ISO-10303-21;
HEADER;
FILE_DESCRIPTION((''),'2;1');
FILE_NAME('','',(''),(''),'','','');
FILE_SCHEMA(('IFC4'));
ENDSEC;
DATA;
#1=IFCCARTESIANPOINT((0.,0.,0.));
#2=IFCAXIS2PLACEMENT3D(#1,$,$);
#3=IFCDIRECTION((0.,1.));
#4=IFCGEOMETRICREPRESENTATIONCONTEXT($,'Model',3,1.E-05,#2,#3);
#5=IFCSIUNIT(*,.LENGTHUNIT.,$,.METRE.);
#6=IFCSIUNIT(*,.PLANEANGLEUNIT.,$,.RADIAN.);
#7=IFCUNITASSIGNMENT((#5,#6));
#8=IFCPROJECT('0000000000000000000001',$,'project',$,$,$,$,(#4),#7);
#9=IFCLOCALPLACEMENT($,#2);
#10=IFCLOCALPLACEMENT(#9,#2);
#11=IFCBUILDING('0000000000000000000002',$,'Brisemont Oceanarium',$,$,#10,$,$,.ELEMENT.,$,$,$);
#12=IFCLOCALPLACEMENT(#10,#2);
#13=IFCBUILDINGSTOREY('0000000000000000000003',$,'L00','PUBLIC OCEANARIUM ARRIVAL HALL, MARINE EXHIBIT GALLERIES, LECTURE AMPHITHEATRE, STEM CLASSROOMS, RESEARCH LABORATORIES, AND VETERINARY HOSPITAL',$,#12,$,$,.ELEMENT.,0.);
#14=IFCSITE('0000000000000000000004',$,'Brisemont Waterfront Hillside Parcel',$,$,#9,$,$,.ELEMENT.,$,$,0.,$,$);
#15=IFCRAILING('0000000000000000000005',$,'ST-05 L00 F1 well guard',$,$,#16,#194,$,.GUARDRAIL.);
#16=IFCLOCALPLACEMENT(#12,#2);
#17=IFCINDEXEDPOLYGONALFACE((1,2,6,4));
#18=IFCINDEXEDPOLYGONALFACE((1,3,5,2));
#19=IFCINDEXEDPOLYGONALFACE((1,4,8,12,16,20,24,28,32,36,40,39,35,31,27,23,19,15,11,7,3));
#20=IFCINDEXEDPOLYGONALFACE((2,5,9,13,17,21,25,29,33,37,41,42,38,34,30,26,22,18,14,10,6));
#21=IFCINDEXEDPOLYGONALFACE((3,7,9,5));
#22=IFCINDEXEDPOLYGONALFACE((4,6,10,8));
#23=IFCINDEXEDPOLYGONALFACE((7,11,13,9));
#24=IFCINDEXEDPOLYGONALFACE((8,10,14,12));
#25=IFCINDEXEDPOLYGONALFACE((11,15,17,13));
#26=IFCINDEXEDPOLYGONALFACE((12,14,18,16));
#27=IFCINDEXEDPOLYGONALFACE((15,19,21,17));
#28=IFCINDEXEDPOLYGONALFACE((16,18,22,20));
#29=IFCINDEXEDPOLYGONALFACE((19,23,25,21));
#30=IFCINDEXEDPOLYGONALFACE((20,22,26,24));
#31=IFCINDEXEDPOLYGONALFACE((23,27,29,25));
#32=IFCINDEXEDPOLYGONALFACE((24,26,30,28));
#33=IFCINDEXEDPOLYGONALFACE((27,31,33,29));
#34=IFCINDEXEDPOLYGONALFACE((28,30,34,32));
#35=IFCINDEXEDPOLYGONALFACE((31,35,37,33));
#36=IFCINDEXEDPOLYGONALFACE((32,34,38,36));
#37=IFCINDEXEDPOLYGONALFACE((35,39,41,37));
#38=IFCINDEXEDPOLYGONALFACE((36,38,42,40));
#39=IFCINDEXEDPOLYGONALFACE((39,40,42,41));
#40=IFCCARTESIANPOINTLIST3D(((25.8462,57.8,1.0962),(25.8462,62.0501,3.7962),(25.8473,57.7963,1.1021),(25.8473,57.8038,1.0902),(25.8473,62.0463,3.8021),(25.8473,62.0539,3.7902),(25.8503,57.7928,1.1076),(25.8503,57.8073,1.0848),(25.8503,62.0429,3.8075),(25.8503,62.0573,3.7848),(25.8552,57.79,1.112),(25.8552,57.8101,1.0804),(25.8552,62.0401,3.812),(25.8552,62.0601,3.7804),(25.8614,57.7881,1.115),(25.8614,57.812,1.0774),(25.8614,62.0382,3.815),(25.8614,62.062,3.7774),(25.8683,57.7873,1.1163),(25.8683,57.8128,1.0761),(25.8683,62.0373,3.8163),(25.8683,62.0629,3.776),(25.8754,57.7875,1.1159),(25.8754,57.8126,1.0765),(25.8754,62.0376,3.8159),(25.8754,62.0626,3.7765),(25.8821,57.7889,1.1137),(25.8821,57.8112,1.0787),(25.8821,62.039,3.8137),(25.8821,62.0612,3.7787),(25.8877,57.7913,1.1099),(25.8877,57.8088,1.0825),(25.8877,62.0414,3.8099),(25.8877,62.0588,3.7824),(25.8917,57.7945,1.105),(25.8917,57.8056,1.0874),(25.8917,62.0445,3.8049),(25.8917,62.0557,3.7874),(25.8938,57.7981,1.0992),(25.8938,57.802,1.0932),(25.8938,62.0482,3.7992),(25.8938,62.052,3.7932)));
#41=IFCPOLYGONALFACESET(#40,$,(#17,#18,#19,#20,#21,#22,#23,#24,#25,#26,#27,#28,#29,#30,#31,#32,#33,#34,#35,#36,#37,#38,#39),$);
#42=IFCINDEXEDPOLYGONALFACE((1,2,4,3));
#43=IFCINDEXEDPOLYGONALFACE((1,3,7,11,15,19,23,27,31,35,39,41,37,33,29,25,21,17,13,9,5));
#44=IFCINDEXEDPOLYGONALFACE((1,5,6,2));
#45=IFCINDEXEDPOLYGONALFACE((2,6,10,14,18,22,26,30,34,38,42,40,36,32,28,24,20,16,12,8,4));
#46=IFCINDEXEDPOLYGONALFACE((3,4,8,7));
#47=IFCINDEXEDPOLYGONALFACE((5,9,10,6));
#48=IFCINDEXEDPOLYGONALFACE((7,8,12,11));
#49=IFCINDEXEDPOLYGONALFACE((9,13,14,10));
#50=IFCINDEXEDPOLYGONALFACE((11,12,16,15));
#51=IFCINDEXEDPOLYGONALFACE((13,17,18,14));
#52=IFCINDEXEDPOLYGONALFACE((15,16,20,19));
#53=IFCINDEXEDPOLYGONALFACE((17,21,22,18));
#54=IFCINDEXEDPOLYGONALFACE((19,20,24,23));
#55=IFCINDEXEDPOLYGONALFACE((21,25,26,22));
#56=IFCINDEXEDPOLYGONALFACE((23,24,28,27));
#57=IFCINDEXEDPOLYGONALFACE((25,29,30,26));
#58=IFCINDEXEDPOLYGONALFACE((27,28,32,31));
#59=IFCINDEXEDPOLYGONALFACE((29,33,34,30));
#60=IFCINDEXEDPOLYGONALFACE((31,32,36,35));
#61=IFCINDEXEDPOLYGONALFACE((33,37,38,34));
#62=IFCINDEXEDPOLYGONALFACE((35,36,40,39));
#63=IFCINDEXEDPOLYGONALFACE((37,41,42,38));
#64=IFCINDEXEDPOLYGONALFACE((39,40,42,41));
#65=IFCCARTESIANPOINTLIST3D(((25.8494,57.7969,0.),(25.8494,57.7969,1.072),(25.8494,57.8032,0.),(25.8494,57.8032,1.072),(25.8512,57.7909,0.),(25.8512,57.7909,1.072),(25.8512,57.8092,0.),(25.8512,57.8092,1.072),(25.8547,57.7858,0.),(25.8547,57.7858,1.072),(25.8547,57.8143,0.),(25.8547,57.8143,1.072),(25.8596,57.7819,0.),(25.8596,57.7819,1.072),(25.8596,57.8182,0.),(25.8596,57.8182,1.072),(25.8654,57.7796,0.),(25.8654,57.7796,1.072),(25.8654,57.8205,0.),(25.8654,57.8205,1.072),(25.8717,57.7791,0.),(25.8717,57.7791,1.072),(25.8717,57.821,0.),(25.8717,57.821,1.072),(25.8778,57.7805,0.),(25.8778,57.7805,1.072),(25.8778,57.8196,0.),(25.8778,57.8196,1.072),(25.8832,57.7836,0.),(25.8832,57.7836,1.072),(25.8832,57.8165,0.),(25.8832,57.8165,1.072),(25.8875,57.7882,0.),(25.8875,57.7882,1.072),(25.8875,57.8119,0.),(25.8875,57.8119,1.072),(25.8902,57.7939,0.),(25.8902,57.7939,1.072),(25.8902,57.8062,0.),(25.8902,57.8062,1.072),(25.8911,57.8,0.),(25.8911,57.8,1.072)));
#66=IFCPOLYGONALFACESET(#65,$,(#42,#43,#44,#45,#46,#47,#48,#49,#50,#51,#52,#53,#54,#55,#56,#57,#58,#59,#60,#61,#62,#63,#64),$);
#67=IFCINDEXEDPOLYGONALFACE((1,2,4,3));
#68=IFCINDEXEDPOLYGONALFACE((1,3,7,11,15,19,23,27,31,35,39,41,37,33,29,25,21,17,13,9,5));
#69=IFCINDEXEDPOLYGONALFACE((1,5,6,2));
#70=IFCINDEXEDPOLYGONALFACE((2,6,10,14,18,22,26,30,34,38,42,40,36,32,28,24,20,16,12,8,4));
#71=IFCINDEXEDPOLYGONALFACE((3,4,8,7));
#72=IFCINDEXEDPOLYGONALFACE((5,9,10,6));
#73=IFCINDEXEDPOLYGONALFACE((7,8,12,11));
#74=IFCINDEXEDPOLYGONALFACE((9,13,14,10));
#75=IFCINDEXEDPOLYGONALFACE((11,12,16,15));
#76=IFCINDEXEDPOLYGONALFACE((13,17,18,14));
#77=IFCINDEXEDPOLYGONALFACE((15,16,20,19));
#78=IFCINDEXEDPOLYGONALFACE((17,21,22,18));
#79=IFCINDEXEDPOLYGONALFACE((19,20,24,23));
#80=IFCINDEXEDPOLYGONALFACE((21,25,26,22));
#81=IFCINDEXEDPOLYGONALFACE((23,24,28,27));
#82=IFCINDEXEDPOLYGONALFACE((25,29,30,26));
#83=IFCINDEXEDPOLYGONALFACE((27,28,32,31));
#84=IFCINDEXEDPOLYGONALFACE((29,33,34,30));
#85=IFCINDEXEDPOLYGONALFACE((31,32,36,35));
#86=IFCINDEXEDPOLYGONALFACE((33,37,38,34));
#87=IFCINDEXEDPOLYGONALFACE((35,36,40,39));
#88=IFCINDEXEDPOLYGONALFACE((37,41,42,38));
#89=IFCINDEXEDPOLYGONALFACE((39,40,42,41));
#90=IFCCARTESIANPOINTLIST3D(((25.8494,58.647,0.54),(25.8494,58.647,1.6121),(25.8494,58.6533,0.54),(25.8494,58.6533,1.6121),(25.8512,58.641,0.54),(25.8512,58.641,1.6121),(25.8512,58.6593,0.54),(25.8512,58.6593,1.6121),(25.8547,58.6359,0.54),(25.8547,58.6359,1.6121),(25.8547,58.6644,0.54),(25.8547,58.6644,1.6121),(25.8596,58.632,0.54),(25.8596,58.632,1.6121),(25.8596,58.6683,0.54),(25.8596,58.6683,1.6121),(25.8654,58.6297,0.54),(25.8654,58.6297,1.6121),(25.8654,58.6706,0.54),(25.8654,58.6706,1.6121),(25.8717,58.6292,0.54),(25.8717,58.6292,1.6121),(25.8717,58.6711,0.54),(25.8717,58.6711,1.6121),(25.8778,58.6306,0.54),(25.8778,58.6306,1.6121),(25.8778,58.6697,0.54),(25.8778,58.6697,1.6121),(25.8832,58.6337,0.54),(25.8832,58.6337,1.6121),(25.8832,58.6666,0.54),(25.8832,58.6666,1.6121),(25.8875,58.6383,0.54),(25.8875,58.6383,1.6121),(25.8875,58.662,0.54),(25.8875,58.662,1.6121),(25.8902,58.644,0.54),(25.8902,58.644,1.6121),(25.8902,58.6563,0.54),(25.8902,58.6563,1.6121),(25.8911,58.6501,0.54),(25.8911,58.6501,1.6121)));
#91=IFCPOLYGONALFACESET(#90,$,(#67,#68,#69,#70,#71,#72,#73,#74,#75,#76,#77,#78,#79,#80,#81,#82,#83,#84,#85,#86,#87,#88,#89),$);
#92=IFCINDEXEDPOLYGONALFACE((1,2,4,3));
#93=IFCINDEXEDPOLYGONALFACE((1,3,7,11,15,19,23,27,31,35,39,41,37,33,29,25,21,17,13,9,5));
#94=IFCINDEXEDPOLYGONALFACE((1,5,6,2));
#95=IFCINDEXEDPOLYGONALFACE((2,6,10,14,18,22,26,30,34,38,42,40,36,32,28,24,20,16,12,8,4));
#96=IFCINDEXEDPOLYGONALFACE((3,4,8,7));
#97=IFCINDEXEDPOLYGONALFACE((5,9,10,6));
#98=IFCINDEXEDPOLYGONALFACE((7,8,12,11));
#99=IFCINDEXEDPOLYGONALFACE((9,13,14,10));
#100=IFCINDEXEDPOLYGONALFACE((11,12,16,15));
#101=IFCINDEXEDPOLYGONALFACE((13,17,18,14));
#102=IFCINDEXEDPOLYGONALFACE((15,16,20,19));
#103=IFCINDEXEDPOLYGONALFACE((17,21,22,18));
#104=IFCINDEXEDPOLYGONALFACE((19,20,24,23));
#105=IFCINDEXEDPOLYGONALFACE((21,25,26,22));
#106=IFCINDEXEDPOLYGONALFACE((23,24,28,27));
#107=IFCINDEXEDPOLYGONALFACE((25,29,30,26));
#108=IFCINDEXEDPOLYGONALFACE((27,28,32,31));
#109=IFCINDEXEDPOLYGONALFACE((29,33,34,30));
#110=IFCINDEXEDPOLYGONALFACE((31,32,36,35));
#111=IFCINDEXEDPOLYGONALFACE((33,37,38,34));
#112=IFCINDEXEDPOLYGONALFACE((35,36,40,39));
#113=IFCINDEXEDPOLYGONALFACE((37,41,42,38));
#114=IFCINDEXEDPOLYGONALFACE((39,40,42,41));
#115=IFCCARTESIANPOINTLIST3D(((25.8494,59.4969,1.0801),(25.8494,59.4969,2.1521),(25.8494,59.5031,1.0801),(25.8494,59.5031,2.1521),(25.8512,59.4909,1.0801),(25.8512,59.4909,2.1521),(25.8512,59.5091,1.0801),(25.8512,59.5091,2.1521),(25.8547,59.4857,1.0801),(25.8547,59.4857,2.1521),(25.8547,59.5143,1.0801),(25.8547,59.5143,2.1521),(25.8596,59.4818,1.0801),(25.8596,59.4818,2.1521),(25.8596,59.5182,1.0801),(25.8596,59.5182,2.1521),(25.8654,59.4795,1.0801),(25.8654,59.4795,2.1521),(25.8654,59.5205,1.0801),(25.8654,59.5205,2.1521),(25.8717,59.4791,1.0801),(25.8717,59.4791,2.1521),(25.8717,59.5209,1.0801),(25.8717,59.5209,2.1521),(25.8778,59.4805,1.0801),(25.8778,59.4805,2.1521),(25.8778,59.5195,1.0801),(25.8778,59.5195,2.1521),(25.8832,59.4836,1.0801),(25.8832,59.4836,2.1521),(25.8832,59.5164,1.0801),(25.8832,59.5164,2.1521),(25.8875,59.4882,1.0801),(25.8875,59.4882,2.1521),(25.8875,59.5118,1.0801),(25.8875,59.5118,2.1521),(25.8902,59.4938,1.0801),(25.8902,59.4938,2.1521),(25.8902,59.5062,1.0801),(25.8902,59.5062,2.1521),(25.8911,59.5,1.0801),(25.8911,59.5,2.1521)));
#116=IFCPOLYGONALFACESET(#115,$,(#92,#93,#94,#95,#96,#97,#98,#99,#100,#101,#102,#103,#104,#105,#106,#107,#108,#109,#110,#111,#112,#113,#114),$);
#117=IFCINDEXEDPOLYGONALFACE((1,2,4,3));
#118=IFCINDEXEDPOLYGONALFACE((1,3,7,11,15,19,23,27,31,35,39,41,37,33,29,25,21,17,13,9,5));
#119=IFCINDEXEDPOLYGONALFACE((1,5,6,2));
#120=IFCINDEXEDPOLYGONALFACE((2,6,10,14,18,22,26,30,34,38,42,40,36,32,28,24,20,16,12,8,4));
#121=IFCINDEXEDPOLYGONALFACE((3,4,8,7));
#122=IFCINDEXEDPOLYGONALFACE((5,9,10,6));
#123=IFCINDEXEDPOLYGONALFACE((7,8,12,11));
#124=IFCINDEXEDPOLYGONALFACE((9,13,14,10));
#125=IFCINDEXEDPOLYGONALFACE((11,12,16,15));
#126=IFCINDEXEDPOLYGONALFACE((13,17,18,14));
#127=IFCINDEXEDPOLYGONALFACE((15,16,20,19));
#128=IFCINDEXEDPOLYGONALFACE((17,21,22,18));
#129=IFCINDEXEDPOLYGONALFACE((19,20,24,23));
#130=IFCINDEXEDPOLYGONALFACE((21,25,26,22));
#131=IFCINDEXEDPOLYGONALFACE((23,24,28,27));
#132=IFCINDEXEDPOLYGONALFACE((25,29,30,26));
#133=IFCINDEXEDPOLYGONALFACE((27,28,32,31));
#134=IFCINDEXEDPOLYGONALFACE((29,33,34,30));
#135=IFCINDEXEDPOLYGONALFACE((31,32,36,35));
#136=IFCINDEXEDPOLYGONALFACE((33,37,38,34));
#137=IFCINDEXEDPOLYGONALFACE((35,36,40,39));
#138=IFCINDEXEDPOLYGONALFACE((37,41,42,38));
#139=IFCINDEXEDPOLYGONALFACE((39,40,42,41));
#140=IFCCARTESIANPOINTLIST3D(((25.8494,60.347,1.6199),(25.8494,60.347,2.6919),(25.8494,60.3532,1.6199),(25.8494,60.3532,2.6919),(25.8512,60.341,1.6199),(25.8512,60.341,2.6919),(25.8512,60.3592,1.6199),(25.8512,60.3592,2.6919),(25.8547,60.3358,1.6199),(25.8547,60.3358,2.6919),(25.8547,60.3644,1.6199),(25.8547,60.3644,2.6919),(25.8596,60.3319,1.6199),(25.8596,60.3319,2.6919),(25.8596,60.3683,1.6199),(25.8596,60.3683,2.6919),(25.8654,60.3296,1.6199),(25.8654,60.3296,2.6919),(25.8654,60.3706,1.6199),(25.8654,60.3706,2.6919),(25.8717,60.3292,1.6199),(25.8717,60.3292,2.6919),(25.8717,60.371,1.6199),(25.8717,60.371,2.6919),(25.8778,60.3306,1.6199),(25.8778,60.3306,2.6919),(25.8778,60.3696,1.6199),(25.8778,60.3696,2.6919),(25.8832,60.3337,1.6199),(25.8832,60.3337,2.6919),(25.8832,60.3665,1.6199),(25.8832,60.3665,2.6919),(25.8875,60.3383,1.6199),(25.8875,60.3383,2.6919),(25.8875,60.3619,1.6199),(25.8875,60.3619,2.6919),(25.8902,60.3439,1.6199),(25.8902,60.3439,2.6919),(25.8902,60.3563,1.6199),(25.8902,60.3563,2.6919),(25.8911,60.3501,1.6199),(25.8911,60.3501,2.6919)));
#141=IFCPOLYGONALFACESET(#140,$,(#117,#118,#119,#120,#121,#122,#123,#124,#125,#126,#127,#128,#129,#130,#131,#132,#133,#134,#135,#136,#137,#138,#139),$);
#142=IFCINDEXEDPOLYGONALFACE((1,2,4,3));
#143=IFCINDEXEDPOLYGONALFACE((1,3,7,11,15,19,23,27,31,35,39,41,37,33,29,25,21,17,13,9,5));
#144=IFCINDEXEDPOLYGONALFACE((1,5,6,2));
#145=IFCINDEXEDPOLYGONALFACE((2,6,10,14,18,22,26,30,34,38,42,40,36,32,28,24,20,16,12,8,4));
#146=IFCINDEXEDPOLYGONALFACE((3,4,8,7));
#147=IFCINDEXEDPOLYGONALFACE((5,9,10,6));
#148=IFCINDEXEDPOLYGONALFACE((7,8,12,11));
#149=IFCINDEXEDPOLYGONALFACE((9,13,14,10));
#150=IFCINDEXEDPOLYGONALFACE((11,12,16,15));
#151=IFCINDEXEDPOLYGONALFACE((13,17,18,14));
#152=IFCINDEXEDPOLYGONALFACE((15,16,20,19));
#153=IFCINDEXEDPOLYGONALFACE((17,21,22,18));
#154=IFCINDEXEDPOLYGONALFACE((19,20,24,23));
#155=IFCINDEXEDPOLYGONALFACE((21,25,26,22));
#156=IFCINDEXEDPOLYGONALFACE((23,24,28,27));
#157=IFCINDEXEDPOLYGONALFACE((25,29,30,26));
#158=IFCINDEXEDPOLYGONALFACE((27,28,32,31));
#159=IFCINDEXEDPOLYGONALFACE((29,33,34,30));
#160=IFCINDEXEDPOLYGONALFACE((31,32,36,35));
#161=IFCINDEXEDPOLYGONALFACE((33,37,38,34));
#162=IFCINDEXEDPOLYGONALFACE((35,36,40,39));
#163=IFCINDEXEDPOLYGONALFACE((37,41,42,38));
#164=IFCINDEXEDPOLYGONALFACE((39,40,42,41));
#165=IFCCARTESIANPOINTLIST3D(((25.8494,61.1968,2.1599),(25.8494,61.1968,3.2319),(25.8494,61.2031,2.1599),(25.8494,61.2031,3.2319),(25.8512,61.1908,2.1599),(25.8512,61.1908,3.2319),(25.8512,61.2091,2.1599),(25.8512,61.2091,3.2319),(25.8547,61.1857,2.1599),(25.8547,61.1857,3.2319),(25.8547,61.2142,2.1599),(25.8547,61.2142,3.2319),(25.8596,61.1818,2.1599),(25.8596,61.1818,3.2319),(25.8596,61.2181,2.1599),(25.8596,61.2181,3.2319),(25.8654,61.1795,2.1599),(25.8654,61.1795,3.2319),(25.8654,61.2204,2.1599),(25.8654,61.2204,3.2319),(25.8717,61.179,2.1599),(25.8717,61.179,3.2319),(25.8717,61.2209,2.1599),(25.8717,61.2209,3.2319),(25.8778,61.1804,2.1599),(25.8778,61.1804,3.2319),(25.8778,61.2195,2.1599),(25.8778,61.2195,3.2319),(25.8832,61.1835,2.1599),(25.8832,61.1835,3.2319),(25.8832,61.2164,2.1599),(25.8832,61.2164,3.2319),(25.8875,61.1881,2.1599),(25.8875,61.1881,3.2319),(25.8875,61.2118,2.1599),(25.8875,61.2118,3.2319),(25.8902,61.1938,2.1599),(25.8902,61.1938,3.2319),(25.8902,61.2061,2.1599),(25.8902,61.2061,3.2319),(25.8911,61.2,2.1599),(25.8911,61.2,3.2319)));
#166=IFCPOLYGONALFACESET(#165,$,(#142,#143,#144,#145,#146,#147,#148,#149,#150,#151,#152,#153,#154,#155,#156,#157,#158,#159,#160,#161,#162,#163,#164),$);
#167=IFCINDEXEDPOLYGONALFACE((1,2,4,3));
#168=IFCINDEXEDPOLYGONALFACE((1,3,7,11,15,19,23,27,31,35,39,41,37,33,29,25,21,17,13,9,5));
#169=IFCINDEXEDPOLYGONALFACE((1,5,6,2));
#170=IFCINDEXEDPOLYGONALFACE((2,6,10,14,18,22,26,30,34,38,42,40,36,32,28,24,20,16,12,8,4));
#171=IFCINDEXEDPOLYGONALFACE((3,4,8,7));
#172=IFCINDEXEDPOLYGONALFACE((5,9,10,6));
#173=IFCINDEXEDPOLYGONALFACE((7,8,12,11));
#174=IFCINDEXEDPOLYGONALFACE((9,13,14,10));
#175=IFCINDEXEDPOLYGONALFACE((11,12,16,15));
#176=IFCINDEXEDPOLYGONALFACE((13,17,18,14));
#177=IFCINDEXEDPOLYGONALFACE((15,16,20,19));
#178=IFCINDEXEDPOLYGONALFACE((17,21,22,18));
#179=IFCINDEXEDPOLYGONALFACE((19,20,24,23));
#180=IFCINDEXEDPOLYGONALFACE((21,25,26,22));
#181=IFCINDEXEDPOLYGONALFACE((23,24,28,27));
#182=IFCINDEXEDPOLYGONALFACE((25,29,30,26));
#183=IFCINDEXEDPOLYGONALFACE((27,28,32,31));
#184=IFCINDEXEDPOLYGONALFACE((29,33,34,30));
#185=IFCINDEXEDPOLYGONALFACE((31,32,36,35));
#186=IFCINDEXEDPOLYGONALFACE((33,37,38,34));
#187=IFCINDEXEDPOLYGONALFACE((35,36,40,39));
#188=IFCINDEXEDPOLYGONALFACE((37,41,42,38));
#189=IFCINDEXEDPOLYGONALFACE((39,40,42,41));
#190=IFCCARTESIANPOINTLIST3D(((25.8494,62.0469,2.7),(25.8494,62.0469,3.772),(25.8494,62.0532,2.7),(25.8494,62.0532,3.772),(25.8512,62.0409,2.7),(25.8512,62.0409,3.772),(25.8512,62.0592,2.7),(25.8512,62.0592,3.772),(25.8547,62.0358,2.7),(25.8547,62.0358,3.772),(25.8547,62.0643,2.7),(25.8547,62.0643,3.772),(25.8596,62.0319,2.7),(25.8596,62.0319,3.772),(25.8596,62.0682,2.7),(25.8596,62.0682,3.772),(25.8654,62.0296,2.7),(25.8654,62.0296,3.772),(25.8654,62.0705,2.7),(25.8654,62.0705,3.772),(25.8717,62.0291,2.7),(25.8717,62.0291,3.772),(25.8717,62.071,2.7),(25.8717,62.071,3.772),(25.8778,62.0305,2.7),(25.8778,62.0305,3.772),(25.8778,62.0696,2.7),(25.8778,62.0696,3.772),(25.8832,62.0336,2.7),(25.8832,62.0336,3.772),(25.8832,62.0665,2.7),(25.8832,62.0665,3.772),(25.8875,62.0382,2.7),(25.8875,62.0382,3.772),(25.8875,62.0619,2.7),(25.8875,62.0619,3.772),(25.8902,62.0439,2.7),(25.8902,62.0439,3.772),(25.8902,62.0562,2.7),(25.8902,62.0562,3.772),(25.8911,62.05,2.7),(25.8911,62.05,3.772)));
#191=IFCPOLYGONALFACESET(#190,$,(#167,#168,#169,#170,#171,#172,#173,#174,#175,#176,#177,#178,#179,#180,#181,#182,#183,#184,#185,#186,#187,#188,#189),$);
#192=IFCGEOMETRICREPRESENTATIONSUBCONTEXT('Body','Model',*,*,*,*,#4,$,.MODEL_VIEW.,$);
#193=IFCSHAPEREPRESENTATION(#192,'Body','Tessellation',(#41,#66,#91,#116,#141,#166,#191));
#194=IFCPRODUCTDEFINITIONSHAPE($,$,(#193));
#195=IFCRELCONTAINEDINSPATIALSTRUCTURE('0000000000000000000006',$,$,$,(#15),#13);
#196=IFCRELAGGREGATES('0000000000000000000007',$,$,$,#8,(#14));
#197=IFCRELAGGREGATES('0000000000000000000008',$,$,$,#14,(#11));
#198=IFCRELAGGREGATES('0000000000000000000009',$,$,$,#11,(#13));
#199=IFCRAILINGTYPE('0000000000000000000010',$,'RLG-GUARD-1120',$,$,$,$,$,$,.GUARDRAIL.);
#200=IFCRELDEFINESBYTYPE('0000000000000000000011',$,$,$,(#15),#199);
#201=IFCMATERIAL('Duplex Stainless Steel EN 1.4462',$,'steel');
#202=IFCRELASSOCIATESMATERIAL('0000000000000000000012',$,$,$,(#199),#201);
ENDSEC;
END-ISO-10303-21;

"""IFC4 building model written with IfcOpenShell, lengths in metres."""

from ifc_helpers import new_model, si_unit, direction, frame, origin, origin_2d, place, context, subcontext, project, spatial, circle, extrude, material, type_object, element, save


model = new_model("IFC4")

# Units and contexts
model_context = context("Model", 3, precision=1e-05, world=origin(), true_north=direction((0.0, 1.0)))
body_context = subcontext(model_context, "Body", "Model", "MODEL_VIEW")
ifc_project = project(units=[si_unit("LENGTHUNIT", "METRE"), si_unit("PLANEANGLEUNIT", "RADIAN")], contexts=[model_context])

# Site, building, storey
site_placement = place(None, origin())
site = spatial("IfcSite", under=ifc_project, at=site_placement, Name="Brisemont Waterfront Hillside Parcel", CompositionType="ELEMENT", RefElevation=0.0)
building_placement = place(site_placement, origin())
building = spatial("IfcBuilding", under=site, at=building_placement, Name="Brisemont Oceanarium", CompositionType="ELEMENT")
storey_placement = place(building_placement, origin())
storey = spatial("IfcBuildingStorey", under=building, at=storey_placement, Name="L00", Description="PUBLIC OCEANARIUM ARRIVAL HALL, MARINE EXHIBIT GALLERIES, LECTURE AMPHITHEATRE, STEM CLASSROOMS, RESEARCH LABORATORIES, AND VETERINARY HOSPITAL", CompositionType="ELEMENT", Elevation=0.0)

# Railing
ifc_material_1 = material(Name="Duplex Stainless Steel EN 1.4462", Category="steel")
railing_type_1 = type_object("IfcRailingType", Name="RLG-GUARD-1120", PredefinedType="GUARDRAIL", material=ifc_material_1)
railing_1_placement = place(storey_placement, frame((25.8701, 57.8, 0.0)))
element("IfcRailing", 1, at=railing_1_placement, inside=storey, type_object=railing_type_1, Name="ST-05 L00 F1 well guard", PredefinedType="GUARDRAIL", context=body_context, shape_type="SweptSolid", body=[
    extrude(circle(Radius=0.0239, at=origin_2d()), frame((0.0, 0.0, 1.0962), z_axis=(0.0, 0.844075, 0.536226), x_axis=(-1.0, 0.0, 0.0)), (0.0, 0.0, 1.0), 5.0352),
    extrude(circle(Radius=0.021, at=origin_2d()), origin(), (0.0, 0.0, 1.0), 1.072),
    extrude(circle(Radius=0.021, at=origin_2d()), frame((0.0, 0.8501, 0.54)), (0.0, 0.0, 1.0), 1.072),
    extrude(circle(Radius=0.021, at=origin_2d()), frame((0.0, 1.7, 1.0801)), (0.0, 0.0, 1.0), 1.072),
    extrude(circle(Radius=0.021, at=origin_2d()), frame((0.0, 2.55, 1.6199)), (0.0, 0.0, 1.0), 1.072),
    extrude(circle(Radius=0.021, at=origin_2d()), frame((0.0, 3.3999, 2.1599)), (0.0, 0.0, 1.0), 1.072),
    extrude(circle(Radius=0.021, at=origin_2d()), frame((0.0, 4.25, 2.7)), (0.0, 0.0, 1.0), 1.072),
])

save(model, "model.ifc")
